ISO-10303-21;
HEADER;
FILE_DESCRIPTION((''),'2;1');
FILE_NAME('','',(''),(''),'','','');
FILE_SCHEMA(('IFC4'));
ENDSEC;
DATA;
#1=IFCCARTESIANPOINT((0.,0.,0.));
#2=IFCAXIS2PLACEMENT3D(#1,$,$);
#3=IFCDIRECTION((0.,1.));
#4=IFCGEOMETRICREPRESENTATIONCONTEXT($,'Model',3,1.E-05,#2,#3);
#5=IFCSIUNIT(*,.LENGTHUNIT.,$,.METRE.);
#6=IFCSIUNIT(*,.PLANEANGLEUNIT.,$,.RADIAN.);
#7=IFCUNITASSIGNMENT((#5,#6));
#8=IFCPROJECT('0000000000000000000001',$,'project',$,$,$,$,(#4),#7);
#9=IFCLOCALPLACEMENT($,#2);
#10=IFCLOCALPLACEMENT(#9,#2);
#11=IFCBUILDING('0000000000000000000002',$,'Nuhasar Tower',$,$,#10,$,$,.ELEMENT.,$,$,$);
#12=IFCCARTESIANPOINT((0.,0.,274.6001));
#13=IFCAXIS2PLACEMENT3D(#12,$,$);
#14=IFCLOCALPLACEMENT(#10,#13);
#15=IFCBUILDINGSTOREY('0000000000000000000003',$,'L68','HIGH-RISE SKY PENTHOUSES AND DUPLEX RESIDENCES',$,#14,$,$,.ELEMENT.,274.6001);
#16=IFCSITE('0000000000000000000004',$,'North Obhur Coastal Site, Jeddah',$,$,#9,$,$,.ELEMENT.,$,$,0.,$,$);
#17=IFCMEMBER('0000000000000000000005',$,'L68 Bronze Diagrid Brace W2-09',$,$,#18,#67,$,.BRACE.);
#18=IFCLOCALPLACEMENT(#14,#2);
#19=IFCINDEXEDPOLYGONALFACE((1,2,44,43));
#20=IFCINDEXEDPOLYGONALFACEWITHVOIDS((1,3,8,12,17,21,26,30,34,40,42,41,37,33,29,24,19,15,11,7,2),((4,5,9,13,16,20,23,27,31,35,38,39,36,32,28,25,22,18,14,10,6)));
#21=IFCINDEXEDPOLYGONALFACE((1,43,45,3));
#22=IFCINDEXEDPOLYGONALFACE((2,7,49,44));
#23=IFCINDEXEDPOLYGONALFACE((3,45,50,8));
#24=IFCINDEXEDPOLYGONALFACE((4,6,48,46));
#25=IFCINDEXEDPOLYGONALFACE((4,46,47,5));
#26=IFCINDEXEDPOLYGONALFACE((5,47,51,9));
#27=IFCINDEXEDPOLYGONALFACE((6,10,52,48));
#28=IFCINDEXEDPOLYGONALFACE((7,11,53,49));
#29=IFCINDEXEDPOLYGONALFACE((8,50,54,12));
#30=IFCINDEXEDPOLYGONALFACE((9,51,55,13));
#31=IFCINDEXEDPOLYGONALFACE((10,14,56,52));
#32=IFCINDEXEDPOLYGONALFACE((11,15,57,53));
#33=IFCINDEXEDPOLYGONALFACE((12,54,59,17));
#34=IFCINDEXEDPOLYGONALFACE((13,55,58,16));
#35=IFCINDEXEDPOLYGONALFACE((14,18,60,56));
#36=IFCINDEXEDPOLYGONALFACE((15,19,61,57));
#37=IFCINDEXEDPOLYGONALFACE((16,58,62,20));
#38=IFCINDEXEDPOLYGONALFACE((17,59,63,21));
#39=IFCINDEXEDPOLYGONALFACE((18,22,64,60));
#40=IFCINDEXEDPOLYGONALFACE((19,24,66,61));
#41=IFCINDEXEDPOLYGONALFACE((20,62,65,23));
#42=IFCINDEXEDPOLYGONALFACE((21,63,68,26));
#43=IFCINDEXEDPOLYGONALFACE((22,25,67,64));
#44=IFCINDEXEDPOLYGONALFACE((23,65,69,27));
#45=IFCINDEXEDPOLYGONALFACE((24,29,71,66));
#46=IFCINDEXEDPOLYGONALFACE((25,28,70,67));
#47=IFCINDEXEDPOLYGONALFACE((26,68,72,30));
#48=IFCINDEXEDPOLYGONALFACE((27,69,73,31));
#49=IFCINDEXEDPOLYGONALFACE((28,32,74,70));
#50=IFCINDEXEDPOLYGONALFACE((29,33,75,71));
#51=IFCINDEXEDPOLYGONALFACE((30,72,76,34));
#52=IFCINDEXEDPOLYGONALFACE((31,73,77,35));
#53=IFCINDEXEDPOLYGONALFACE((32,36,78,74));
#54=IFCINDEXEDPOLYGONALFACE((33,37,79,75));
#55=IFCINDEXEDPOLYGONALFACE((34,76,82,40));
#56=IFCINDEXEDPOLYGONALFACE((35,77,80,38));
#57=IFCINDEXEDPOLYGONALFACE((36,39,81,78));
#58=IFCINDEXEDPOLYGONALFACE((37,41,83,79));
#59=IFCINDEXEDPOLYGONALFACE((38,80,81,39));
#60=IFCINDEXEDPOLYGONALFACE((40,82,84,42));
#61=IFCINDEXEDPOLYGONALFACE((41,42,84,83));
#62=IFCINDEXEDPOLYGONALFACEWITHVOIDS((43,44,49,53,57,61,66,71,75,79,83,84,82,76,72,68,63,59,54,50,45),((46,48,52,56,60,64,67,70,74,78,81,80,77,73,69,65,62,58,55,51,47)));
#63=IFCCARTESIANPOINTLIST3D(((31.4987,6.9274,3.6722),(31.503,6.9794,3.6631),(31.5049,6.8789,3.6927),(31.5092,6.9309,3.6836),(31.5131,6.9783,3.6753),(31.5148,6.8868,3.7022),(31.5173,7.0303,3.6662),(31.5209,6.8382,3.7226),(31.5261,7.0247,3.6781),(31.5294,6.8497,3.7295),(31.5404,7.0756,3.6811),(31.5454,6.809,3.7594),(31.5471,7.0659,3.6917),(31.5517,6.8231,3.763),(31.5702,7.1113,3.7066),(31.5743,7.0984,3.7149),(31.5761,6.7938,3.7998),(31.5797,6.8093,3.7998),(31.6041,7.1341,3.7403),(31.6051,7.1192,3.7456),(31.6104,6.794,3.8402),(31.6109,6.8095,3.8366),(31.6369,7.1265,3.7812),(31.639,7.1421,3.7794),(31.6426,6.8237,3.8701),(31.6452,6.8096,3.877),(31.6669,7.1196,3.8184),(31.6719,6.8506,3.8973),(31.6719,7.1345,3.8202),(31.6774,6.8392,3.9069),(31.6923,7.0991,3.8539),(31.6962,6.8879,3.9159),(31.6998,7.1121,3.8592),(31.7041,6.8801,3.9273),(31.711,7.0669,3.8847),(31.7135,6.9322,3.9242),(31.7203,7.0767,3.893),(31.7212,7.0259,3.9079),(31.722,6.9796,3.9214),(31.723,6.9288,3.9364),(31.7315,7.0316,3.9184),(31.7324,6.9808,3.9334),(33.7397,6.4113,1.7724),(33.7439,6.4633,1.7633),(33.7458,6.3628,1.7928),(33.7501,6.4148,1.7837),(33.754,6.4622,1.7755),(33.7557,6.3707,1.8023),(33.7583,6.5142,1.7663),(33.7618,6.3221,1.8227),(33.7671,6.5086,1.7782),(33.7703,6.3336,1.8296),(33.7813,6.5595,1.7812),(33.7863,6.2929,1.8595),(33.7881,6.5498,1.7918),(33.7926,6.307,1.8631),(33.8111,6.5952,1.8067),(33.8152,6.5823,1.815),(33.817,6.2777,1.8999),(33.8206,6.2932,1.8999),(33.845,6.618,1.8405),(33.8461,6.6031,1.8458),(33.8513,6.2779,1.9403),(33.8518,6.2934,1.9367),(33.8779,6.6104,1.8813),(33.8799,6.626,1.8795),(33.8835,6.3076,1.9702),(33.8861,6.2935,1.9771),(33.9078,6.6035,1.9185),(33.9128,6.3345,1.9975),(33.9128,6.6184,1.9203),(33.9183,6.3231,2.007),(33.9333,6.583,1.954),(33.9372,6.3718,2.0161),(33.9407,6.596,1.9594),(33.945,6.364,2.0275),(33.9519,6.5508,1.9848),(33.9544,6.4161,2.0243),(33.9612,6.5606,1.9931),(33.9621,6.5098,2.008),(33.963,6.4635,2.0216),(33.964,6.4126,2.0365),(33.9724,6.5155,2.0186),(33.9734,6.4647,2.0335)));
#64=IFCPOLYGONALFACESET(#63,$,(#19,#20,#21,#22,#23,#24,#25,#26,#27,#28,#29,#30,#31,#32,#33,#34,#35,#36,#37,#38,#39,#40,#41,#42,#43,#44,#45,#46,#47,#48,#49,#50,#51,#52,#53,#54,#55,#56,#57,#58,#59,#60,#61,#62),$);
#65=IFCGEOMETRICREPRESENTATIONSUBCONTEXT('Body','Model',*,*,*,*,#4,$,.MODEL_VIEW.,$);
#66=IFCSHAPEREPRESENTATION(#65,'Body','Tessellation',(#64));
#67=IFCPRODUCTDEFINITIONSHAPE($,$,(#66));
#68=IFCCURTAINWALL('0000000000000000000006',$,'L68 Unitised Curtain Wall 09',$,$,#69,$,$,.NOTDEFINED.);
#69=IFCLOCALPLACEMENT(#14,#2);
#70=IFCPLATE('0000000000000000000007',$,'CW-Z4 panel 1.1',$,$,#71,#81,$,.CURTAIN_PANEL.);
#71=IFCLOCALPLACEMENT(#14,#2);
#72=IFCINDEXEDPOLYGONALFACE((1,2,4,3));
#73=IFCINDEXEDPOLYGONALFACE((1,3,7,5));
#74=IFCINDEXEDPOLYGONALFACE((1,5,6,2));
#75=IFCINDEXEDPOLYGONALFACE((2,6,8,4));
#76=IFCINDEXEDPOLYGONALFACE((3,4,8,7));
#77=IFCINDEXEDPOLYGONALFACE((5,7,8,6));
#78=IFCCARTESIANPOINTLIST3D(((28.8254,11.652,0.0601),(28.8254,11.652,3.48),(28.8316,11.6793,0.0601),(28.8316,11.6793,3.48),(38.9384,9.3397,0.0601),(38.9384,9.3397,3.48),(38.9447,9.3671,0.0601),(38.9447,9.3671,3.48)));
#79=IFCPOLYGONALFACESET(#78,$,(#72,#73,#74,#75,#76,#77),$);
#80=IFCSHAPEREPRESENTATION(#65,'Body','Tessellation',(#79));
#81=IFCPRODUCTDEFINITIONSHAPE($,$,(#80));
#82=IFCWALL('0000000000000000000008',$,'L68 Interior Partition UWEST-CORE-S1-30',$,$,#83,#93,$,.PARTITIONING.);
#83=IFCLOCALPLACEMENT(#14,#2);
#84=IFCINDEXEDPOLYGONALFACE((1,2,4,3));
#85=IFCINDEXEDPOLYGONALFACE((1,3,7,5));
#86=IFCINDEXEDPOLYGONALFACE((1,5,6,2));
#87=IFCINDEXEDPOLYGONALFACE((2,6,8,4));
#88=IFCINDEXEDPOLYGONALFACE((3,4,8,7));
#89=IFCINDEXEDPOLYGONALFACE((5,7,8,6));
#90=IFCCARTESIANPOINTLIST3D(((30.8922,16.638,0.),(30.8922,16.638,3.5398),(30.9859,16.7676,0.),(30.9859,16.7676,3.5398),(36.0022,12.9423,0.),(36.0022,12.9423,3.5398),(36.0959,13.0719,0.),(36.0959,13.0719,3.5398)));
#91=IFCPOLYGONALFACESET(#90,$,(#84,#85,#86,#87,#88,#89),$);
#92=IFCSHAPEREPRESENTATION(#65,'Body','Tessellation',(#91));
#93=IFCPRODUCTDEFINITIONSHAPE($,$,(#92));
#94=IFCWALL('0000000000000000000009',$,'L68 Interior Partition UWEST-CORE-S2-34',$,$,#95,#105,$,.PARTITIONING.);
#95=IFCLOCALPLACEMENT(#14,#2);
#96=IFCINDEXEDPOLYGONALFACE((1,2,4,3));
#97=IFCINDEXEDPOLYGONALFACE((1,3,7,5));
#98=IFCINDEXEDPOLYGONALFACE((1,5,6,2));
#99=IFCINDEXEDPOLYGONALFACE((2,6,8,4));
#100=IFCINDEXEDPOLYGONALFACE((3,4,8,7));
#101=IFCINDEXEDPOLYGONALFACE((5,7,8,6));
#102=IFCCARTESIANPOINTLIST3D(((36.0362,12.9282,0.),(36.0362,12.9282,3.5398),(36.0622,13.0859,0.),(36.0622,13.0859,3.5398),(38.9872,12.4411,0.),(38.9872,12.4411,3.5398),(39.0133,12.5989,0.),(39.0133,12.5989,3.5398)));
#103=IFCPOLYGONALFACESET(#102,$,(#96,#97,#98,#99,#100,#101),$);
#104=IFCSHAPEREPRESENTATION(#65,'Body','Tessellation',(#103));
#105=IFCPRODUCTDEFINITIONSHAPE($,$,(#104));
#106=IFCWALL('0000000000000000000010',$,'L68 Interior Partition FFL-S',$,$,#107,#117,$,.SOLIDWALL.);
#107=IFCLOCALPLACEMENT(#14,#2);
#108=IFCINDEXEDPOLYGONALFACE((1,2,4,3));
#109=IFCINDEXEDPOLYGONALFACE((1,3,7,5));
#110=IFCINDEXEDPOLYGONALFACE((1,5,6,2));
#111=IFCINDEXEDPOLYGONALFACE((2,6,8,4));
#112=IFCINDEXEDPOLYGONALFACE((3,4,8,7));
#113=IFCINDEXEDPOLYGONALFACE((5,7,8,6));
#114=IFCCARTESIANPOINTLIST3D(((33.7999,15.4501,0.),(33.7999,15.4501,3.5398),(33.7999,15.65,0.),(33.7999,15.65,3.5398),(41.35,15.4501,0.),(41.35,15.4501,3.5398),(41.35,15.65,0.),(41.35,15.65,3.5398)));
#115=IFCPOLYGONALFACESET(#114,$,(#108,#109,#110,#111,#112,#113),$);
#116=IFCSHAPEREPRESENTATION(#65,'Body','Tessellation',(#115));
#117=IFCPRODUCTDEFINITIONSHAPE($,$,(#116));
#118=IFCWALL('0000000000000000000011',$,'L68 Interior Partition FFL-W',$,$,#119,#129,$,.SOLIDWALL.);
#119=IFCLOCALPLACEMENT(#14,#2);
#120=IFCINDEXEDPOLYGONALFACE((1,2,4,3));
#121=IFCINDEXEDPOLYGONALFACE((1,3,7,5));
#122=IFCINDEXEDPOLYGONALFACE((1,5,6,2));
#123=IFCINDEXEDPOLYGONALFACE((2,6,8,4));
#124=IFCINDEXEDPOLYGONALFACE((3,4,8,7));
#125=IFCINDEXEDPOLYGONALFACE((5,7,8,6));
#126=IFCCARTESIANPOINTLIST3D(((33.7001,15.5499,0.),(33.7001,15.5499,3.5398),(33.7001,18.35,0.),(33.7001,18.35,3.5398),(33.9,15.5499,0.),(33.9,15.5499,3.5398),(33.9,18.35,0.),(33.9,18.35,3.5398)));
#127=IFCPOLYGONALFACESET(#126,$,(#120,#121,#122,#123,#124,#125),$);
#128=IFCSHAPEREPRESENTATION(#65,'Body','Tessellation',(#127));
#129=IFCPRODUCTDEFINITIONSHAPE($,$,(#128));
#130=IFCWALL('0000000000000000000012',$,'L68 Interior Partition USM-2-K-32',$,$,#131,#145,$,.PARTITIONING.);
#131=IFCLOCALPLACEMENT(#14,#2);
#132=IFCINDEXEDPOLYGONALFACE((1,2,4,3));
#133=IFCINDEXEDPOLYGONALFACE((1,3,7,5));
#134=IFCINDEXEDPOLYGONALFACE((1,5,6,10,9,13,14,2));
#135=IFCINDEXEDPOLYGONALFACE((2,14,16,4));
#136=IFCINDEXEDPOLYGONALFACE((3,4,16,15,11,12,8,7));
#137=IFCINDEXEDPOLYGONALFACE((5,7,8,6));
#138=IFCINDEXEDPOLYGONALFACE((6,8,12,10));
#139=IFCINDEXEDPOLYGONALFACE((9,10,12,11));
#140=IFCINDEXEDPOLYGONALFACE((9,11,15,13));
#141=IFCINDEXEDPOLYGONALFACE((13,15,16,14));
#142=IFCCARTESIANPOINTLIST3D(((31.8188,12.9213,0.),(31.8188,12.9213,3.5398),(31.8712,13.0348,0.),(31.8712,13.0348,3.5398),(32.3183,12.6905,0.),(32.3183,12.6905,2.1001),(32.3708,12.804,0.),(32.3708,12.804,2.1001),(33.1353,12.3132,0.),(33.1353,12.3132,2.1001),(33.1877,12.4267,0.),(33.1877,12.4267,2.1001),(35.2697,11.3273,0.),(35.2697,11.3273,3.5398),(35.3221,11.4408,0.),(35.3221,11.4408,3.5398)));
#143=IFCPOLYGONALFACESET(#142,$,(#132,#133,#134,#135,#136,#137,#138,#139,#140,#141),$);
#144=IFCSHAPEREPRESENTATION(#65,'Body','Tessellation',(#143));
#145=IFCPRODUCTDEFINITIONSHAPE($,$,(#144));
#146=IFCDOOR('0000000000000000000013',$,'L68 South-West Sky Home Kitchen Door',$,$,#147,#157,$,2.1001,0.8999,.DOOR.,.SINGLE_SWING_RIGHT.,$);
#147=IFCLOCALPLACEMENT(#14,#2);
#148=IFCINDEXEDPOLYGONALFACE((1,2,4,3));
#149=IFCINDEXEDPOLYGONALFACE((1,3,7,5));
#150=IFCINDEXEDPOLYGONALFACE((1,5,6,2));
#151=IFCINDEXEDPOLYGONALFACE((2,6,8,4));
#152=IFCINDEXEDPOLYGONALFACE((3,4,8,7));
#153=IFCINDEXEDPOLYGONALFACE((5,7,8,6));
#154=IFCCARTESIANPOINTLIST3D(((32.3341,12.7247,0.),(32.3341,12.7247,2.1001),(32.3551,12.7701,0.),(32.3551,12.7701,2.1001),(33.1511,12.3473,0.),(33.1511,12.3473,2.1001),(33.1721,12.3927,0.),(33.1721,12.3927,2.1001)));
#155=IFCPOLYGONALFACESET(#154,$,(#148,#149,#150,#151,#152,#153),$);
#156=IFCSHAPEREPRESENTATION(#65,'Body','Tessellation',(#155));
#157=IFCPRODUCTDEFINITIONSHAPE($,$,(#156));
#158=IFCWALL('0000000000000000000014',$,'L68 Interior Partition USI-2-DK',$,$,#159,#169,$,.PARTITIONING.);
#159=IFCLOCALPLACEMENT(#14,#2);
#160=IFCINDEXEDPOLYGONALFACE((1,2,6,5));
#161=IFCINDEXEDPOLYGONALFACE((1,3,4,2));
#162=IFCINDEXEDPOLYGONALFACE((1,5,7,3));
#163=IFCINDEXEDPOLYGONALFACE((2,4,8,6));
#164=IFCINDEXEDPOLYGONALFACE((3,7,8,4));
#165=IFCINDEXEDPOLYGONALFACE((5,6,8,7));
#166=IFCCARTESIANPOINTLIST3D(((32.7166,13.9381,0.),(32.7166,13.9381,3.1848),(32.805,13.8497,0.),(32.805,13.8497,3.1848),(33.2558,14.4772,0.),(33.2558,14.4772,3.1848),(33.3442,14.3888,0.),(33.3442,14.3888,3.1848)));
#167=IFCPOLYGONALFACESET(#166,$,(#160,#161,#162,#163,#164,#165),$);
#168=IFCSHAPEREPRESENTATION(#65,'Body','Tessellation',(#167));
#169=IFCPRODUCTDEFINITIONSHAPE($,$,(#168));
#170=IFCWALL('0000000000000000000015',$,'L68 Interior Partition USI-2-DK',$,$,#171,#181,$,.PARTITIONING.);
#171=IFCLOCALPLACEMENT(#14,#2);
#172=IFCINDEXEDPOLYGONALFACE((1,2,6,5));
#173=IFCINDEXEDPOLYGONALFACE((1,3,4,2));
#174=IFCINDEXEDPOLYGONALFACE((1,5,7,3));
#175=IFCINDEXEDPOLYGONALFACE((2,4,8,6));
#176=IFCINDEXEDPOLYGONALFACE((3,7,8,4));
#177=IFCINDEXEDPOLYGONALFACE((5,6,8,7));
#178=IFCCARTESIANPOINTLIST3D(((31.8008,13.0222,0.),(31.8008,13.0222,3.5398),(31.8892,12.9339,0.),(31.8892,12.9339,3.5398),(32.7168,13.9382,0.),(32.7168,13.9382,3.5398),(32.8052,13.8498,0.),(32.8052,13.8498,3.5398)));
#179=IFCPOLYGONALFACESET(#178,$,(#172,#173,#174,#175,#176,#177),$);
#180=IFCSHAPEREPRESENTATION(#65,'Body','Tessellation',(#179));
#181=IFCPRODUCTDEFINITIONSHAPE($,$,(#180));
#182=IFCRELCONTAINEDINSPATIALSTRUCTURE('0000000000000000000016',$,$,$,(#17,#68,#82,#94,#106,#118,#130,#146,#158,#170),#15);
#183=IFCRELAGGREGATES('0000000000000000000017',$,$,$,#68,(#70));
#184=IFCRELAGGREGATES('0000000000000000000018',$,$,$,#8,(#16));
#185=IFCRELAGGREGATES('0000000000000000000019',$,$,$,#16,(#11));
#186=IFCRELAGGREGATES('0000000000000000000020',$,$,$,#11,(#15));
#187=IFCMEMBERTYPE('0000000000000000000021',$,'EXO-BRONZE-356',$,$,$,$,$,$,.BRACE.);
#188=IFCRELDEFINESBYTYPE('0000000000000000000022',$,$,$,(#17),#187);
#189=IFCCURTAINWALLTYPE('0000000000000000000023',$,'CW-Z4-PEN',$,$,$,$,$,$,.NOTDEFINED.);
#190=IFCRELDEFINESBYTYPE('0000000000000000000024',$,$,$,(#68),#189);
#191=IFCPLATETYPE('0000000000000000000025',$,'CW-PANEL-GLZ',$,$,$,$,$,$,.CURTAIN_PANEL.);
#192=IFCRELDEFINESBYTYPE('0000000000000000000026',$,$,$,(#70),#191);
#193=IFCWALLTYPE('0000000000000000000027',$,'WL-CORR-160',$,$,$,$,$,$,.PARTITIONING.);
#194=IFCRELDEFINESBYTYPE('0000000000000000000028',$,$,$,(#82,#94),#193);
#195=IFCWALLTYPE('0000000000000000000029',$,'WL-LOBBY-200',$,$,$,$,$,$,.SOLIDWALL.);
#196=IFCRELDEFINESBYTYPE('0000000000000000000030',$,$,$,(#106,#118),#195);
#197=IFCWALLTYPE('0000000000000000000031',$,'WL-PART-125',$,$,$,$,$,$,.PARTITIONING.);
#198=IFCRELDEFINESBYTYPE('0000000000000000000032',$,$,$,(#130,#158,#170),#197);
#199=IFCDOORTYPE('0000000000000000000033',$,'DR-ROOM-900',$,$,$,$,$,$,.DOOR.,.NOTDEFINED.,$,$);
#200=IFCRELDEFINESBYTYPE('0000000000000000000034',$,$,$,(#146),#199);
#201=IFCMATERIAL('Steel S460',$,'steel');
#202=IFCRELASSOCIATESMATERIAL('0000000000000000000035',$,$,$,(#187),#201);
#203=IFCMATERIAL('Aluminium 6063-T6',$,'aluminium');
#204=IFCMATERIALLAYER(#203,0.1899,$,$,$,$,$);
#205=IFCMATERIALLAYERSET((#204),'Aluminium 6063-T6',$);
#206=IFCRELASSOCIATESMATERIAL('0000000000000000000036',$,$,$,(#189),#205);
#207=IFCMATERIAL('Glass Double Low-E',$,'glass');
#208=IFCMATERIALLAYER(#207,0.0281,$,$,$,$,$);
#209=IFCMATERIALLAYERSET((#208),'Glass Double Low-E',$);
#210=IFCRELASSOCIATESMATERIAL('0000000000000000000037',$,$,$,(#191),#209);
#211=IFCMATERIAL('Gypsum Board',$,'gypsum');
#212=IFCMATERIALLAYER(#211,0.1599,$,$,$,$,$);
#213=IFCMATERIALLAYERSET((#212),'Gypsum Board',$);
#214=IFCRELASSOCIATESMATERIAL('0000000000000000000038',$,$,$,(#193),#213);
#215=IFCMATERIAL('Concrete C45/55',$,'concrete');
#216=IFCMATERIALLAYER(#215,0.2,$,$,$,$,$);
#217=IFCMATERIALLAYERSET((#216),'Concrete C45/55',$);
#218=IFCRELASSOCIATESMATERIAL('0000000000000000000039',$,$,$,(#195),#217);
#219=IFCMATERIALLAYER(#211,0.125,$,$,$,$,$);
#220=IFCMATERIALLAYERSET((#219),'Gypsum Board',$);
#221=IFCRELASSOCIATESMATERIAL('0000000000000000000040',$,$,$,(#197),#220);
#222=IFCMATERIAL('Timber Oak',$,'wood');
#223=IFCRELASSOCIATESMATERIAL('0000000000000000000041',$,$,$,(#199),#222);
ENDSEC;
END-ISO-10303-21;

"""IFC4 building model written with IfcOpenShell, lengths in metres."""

from ifc_helpers import new_model, si_unit, direction, frame, frame_2d, origin, origin_2d, place, context, subcontext, project, spatial, rectangle, hollow_circle, extrude, material, layer, layer_set, material_profile, profile_set, type_object, element, fill, aggregate, save


model = new_model("IFC4")

# Units and contexts
model_context = context("Model", 3, precision=1e-05, world=origin(), true_north=direction((0.0, 1.0)))
body_context = subcontext(model_context, "Body", "Model", "MODEL_VIEW")
ifc_project = project(units=[si_unit("LENGTHUNIT", "METRE"), si_unit("PLANEANGLEUNIT", "RADIAN")], contexts=[model_context])

# Site, building, storey
site_placement = place(None, origin())
site = spatial("IfcSite", under=ifc_project, at=site_placement, Name="North Obhur Coastal Site, Jeddah", CompositionType="ELEMENT", RefElevation=0.0)
building_placement = place(site_placement, origin())
building = spatial("IfcBuilding", under=site, at=building_placement, Name="Nuhasar Tower", CompositionType="ELEMENT")
storey_placement = place(building_placement, frame((0.0, 0.0, 274.6001)))
storey = spatial("IfcBuildingStorey", under=building, at=storey_placement, Name="L68", Description="HIGH-RISE SKY PENTHOUSES AND DUPLEX RESIDENCES", CompositionType="ELEMENT", Elevation=274.6001)

# Member
ifc_material_1 = material(Name="Steel S460", Category="steel")
ifc_material_profile_1 = material_profile(ifc_material_1, hollow_circle(Radius=0.1777, WallThickness=0.0159, at=origin_2d()), Name="HSS355.6X15.9")
ifc_profile_set_1 = profile_set([ifc_material_profile_1], Name="Steel S460")
member_type = type_object("IfcMemberType", Name="EXO-BRONZE-356", PredefinedType="BRACE", material=ifc_profile_set_1)
for number, where, z_axis, x_axis, name in (
    (1, (33.8569, 6.4509, 1.8999), (-0.751261, 0.173022, 0.636923), (-0.224433, -0.97449, 0.0), "L68 Bronze Diagrid Brace W2-09"),
):
    element("IfcMember", number, at=place(storey_placement, frame(where, z_axis=z_axis, x_axis=x_axis)), inside=storey, type_object=member_type, Name=name, PredefinedType="BRACE", context=body_context, shape_type="SweptSolid", body=[
        extrude(hollow_circle(Radius=0.1777, WallThickness=0.0159, at=origin_2d()), origin(), (0.0, 0.0, 1.0), 2.9829),
    ])

# Curtain wall, plate
ifc_material_2 = material(Name="Aluminium 6063-T6", Category="aluminium")
ifc_layer_1 = layer(ifc_material_2, 0.1899)
ifc_layer_set_1 = layer_set([ifc_layer_1], Name="Aluminium 6063-T6")
curtain_wall_type = type_object("IfcCurtainWallType", Name="CW-Z4-PEN", PredefinedType="NOTDEFINED", material=ifc_layer_set_1)
curtain_wall_placement = place(storey_placement, origin())
curtain_wall = element("IfcCurtainWall", 2, at=curtain_wall_placement, inside=storey, type_object=curtain_wall_type, Name="L68 Unitised Curtain Wall 09", PredefinedType="NOTDEFINED")
ifc_material_3 = material(Name="Glass Double Low-E", Category="glass")
ifc_layer_2 = layer(ifc_material_3, 0.0281)
ifc_layer_set_2 = layer_set([ifc_layer_2], Name="Glass Double Low-E")
plate_type = type_object("IfcPlateType", Name="CW-PANEL-GLZ", PredefinedType="CURTAIN_PANEL", material=ifc_layer_set_2)
plate_placement = place(storey_placement, frame((33.885, 10.5095, 0.0601), z_axis=(0.0, 0.0, 1.0), x_axis=(0.974844, -0.222889, 0.0)))
plate = element("IfcPlate", 3, at=plate_placement, type_object=plate_type, Name="CW-Z4 panel 1.1", PredefinedType="CURTAIN_PANEL", context=body_context, shape_type="SweptSolid", body=[
    extrude(rectangle(XDim=10.374, YDim=0.0281, at=origin_2d()), origin(), (0.0, 0.0, 1.0), 3.4199),
])
aggregate(curtain_wall, [plate])

# Walls
ifc_material_4 = material(Name="Gypsum Board", Category="gypsum")
ifc_layer_3 = layer(ifc_material_4, 0.1599)
ifc_layer_set_3 = layer_set([ifc_layer_3], Name="Gypsum Board")
wall_type_1 = type_object("IfcWallType", Name="WL-CORR-160", PredefinedType="PARTITIONING", material=ifc_layer_set_3)
wall_1_placement = place(storey_placement, frame((30.939, 16.7029, 0.0), z_axis=(0.0, 0.0, 1.0), x_axis=(0.81029, -0.586029, 0.0)))
element("IfcWall", 4, at=wall_1_placement, inside=storey, type_object=wall_type_1, Name="L68 Interior Partition UWEST-CORE-S1-30", PredefinedType="PARTITIONING", context=body_context, shape_type="SweptSolid", body=[
    extrude(rectangle(XDim=6.3064, YDim=0.1599, at=frame_2d((3.1533, 0.0))), origin(), (0.0, 0.0, 1.0), 3.5398),
])
wall_2_placement = place(storey_placement, frame((36.0491, 13.0071, 0.0), z_axis=(0.0, 0.0, 1.0), x_axis=(0.986651, -0.16285, 0.0)))
element("IfcWall", 5, at=wall_2_placement, inside=storey, type_object=wall_type_1, Name="L68 Interior Partition UWEST-CORE-S2-34", PredefinedType="PARTITIONING", context=body_context, shape_type="SweptSolid", body=[
    extrude(rectangle(XDim=2.991, YDim=0.1599, at=frame_2d((1.4956, 0.0))), origin(), (0.0, 0.0, 1.0), 3.5398),
])
ifc_material_5 = material(Name="Concrete C45/55", Category="concrete")
ifc_layer_4 = layer(ifc_material_5, 0.2)
ifc_layer_set_4 = layer_set([ifc_layer_4], Name="Concrete C45/55")
wall_type_2 = type_object("IfcWallType", Name="WL-LOBBY-200", PredefinedType="SOLIDWALL", material=ifc_layer_set_4)
wall_3_placement = place(storey_placement, frame((33.8, 15.55, 0.0), z_axis=(0.0, 0.0, 1.0), x_axis=(1.0, 0.0, 0.0)))
element("IfcWall", 6, at=wall_3_placement, inside=storey, type_object=wall_type_2, Name="L68 Interior Partition FFL-S", PredefinedType="SOLIDWALL", context=body_context, shape_type="SweptSolid", body=[
    extrude(rectangle(XDim=7.55, YDim=0.2, at=frame_2d((3.7749, 0.0))), origin(), (0.0, 0.0, 1.0), 3.5398),
])
wall_4_placement = place(storey_placement, frame((33.8, 15.55, 0.0), z_axis=(0.0, 0.0, 1.0), x_axis=(0.0, 1.0, 0.0)))
element("IfcWall", 7, at=wall_4_placement, inside=storey, type_object=wall_type_2, Name="L68 Interior Partition FFL-W", PredefinedType="SOLIDWALL", context=body_context, shape_type="SweptSolid", body=[
    extrude(rectangle(XDim=2.8, YDim=0.2, at=frame_2d((1.3999, 0.0))), origin(), (0.0, 0.0, 1.0), 3.5398),
])

# Wall, opening, door
ifc_layer_5 = layer(ifc_material_4, 0.125)
ifc_layer_set_5 = layer_set([ifc_layer_5], Name="Gypsum Board")
wall_type_3 = type_object("IfcWallType", Name="WL-PART-125", PredefinedType="PARTITIONING", material=ifc_layer_set_5)
wall_5_placement = place(storey_placement, frame((35.2959, 11.384, 0.0), z_axis=(0.0, 0.0, 1.0), x_axis=(-0.907833, 0.419331, 0.0)))
wall_5 = element("IfcWall", 8, at=wall_5_placement, inside=storey, type_object=wall_type_3, Name="L68 Interior Partition USM-2-K-32", PredefinedType="PARTITIONING", context=body_context, shape_type="SweptSolid", body=[
    extrude(rectangle(XDim=3.8013, YDim=0.125, at=frame_2d((1.9006, 0.0))), origin(), (0.0, 0.0, 1.0), 3.5398),
])
opening_1_placement = place(wall_5_placement, frame((2.3511, 0.0, 0.0)))
opening_1 = element("IfcOpeningElement", 9, at=opening_1_placement, cuts=wall_5, PredefinedType="OPENING", context=body_context, shape_type="SweptSolid", body=[
    extrude(rectangle(XDim=0.8999, YDim=2.1001, at=frame_2d((0.45, 1.05))), frame((0.0, 0.0725, 0.0), z_axis=(0.0, -1.0, 0.0), x_axis=(1.0, 0.0, 0.0)), (0.0, 0.0, 1.0), 0.145),
])
ifc_material_6 = material(Name="Timber Oak", Category="wood")
door_type = type_object("IfcDoorType", Name="DR-ROOM-900", OperationType="NOTDEFINED", PredefinedType="DOOR", material=ifc_material_6)
door_1_placement = place(opening_1_placement, origin())
door_1 = element("IfcDoor", 10, at=door_1_placement, inside=storey, type_object=door_type, Name="L68 South-West Sky Home Kitchen Door", OperationType="SINGLE_SWING_RIGHT", OverallHeight=2.1001, OverallWidth=0.8999, PredefinedType="DOOR", context=body_context, shape_type="SweptSolid", body=[
    extrude(rectangle(XDim=0.8999, YDim=2.1001, at=frame_2d((0.45, 1.05))), frame((0.0, 0.0249, 0.0), z_axis=(0.0, -1.0, 0.0), x_axis=(1.0, 0.0, 0.0)), (0.0, 0.0, 1.0), 0.05),
])
fill(opening_1, door_1)

# Walls
wall_6_placement = place(storey_placement, frame((33.3, 14.4331, 0.0), z_axis=(0.0, 0.0, 1.0), x_axis=(-0.707107, -0.707107, 0.0)))
element("IfcWall", 11, at=wall_6_placement, inside=storey, type_object=wall_type_3, Name="L68 Interior Partition USI-2-DK", PredefinedType="PARTITIONING", context=body_context, shape_type="SweptSolid", body=[
    extrude(rectangle(XDim=0.7625, YDim=0.125, at=frame_2d((0.3813, 0.0))), origin(), (0.0, 0.0, 1.0), 3.1848),
])
wall_7_placement = place(storey_placement, frame((32.761, 13.894, 0.0), z_axis=(0.0, 0.0, 1.0), x_axis=(-0.707107, -0.707107, 0.0)))
element("IfcWall", 12, at=wall_7_placement, inside=storey, type_object=wall_type_3, Name="L68 Interior Partition USI-2-DK", PredefinedType="PARTITIONING", context=body_context, shape_type="SweptSolid", body=[
    extrude(rectangle(XDim=1.2954, YDim=0.125, at=frame_2d((0.6477, 0.0))), origin(), (0.0, 0.0, 1.0), 3.5398),
])

save(model, "model.ifc")
